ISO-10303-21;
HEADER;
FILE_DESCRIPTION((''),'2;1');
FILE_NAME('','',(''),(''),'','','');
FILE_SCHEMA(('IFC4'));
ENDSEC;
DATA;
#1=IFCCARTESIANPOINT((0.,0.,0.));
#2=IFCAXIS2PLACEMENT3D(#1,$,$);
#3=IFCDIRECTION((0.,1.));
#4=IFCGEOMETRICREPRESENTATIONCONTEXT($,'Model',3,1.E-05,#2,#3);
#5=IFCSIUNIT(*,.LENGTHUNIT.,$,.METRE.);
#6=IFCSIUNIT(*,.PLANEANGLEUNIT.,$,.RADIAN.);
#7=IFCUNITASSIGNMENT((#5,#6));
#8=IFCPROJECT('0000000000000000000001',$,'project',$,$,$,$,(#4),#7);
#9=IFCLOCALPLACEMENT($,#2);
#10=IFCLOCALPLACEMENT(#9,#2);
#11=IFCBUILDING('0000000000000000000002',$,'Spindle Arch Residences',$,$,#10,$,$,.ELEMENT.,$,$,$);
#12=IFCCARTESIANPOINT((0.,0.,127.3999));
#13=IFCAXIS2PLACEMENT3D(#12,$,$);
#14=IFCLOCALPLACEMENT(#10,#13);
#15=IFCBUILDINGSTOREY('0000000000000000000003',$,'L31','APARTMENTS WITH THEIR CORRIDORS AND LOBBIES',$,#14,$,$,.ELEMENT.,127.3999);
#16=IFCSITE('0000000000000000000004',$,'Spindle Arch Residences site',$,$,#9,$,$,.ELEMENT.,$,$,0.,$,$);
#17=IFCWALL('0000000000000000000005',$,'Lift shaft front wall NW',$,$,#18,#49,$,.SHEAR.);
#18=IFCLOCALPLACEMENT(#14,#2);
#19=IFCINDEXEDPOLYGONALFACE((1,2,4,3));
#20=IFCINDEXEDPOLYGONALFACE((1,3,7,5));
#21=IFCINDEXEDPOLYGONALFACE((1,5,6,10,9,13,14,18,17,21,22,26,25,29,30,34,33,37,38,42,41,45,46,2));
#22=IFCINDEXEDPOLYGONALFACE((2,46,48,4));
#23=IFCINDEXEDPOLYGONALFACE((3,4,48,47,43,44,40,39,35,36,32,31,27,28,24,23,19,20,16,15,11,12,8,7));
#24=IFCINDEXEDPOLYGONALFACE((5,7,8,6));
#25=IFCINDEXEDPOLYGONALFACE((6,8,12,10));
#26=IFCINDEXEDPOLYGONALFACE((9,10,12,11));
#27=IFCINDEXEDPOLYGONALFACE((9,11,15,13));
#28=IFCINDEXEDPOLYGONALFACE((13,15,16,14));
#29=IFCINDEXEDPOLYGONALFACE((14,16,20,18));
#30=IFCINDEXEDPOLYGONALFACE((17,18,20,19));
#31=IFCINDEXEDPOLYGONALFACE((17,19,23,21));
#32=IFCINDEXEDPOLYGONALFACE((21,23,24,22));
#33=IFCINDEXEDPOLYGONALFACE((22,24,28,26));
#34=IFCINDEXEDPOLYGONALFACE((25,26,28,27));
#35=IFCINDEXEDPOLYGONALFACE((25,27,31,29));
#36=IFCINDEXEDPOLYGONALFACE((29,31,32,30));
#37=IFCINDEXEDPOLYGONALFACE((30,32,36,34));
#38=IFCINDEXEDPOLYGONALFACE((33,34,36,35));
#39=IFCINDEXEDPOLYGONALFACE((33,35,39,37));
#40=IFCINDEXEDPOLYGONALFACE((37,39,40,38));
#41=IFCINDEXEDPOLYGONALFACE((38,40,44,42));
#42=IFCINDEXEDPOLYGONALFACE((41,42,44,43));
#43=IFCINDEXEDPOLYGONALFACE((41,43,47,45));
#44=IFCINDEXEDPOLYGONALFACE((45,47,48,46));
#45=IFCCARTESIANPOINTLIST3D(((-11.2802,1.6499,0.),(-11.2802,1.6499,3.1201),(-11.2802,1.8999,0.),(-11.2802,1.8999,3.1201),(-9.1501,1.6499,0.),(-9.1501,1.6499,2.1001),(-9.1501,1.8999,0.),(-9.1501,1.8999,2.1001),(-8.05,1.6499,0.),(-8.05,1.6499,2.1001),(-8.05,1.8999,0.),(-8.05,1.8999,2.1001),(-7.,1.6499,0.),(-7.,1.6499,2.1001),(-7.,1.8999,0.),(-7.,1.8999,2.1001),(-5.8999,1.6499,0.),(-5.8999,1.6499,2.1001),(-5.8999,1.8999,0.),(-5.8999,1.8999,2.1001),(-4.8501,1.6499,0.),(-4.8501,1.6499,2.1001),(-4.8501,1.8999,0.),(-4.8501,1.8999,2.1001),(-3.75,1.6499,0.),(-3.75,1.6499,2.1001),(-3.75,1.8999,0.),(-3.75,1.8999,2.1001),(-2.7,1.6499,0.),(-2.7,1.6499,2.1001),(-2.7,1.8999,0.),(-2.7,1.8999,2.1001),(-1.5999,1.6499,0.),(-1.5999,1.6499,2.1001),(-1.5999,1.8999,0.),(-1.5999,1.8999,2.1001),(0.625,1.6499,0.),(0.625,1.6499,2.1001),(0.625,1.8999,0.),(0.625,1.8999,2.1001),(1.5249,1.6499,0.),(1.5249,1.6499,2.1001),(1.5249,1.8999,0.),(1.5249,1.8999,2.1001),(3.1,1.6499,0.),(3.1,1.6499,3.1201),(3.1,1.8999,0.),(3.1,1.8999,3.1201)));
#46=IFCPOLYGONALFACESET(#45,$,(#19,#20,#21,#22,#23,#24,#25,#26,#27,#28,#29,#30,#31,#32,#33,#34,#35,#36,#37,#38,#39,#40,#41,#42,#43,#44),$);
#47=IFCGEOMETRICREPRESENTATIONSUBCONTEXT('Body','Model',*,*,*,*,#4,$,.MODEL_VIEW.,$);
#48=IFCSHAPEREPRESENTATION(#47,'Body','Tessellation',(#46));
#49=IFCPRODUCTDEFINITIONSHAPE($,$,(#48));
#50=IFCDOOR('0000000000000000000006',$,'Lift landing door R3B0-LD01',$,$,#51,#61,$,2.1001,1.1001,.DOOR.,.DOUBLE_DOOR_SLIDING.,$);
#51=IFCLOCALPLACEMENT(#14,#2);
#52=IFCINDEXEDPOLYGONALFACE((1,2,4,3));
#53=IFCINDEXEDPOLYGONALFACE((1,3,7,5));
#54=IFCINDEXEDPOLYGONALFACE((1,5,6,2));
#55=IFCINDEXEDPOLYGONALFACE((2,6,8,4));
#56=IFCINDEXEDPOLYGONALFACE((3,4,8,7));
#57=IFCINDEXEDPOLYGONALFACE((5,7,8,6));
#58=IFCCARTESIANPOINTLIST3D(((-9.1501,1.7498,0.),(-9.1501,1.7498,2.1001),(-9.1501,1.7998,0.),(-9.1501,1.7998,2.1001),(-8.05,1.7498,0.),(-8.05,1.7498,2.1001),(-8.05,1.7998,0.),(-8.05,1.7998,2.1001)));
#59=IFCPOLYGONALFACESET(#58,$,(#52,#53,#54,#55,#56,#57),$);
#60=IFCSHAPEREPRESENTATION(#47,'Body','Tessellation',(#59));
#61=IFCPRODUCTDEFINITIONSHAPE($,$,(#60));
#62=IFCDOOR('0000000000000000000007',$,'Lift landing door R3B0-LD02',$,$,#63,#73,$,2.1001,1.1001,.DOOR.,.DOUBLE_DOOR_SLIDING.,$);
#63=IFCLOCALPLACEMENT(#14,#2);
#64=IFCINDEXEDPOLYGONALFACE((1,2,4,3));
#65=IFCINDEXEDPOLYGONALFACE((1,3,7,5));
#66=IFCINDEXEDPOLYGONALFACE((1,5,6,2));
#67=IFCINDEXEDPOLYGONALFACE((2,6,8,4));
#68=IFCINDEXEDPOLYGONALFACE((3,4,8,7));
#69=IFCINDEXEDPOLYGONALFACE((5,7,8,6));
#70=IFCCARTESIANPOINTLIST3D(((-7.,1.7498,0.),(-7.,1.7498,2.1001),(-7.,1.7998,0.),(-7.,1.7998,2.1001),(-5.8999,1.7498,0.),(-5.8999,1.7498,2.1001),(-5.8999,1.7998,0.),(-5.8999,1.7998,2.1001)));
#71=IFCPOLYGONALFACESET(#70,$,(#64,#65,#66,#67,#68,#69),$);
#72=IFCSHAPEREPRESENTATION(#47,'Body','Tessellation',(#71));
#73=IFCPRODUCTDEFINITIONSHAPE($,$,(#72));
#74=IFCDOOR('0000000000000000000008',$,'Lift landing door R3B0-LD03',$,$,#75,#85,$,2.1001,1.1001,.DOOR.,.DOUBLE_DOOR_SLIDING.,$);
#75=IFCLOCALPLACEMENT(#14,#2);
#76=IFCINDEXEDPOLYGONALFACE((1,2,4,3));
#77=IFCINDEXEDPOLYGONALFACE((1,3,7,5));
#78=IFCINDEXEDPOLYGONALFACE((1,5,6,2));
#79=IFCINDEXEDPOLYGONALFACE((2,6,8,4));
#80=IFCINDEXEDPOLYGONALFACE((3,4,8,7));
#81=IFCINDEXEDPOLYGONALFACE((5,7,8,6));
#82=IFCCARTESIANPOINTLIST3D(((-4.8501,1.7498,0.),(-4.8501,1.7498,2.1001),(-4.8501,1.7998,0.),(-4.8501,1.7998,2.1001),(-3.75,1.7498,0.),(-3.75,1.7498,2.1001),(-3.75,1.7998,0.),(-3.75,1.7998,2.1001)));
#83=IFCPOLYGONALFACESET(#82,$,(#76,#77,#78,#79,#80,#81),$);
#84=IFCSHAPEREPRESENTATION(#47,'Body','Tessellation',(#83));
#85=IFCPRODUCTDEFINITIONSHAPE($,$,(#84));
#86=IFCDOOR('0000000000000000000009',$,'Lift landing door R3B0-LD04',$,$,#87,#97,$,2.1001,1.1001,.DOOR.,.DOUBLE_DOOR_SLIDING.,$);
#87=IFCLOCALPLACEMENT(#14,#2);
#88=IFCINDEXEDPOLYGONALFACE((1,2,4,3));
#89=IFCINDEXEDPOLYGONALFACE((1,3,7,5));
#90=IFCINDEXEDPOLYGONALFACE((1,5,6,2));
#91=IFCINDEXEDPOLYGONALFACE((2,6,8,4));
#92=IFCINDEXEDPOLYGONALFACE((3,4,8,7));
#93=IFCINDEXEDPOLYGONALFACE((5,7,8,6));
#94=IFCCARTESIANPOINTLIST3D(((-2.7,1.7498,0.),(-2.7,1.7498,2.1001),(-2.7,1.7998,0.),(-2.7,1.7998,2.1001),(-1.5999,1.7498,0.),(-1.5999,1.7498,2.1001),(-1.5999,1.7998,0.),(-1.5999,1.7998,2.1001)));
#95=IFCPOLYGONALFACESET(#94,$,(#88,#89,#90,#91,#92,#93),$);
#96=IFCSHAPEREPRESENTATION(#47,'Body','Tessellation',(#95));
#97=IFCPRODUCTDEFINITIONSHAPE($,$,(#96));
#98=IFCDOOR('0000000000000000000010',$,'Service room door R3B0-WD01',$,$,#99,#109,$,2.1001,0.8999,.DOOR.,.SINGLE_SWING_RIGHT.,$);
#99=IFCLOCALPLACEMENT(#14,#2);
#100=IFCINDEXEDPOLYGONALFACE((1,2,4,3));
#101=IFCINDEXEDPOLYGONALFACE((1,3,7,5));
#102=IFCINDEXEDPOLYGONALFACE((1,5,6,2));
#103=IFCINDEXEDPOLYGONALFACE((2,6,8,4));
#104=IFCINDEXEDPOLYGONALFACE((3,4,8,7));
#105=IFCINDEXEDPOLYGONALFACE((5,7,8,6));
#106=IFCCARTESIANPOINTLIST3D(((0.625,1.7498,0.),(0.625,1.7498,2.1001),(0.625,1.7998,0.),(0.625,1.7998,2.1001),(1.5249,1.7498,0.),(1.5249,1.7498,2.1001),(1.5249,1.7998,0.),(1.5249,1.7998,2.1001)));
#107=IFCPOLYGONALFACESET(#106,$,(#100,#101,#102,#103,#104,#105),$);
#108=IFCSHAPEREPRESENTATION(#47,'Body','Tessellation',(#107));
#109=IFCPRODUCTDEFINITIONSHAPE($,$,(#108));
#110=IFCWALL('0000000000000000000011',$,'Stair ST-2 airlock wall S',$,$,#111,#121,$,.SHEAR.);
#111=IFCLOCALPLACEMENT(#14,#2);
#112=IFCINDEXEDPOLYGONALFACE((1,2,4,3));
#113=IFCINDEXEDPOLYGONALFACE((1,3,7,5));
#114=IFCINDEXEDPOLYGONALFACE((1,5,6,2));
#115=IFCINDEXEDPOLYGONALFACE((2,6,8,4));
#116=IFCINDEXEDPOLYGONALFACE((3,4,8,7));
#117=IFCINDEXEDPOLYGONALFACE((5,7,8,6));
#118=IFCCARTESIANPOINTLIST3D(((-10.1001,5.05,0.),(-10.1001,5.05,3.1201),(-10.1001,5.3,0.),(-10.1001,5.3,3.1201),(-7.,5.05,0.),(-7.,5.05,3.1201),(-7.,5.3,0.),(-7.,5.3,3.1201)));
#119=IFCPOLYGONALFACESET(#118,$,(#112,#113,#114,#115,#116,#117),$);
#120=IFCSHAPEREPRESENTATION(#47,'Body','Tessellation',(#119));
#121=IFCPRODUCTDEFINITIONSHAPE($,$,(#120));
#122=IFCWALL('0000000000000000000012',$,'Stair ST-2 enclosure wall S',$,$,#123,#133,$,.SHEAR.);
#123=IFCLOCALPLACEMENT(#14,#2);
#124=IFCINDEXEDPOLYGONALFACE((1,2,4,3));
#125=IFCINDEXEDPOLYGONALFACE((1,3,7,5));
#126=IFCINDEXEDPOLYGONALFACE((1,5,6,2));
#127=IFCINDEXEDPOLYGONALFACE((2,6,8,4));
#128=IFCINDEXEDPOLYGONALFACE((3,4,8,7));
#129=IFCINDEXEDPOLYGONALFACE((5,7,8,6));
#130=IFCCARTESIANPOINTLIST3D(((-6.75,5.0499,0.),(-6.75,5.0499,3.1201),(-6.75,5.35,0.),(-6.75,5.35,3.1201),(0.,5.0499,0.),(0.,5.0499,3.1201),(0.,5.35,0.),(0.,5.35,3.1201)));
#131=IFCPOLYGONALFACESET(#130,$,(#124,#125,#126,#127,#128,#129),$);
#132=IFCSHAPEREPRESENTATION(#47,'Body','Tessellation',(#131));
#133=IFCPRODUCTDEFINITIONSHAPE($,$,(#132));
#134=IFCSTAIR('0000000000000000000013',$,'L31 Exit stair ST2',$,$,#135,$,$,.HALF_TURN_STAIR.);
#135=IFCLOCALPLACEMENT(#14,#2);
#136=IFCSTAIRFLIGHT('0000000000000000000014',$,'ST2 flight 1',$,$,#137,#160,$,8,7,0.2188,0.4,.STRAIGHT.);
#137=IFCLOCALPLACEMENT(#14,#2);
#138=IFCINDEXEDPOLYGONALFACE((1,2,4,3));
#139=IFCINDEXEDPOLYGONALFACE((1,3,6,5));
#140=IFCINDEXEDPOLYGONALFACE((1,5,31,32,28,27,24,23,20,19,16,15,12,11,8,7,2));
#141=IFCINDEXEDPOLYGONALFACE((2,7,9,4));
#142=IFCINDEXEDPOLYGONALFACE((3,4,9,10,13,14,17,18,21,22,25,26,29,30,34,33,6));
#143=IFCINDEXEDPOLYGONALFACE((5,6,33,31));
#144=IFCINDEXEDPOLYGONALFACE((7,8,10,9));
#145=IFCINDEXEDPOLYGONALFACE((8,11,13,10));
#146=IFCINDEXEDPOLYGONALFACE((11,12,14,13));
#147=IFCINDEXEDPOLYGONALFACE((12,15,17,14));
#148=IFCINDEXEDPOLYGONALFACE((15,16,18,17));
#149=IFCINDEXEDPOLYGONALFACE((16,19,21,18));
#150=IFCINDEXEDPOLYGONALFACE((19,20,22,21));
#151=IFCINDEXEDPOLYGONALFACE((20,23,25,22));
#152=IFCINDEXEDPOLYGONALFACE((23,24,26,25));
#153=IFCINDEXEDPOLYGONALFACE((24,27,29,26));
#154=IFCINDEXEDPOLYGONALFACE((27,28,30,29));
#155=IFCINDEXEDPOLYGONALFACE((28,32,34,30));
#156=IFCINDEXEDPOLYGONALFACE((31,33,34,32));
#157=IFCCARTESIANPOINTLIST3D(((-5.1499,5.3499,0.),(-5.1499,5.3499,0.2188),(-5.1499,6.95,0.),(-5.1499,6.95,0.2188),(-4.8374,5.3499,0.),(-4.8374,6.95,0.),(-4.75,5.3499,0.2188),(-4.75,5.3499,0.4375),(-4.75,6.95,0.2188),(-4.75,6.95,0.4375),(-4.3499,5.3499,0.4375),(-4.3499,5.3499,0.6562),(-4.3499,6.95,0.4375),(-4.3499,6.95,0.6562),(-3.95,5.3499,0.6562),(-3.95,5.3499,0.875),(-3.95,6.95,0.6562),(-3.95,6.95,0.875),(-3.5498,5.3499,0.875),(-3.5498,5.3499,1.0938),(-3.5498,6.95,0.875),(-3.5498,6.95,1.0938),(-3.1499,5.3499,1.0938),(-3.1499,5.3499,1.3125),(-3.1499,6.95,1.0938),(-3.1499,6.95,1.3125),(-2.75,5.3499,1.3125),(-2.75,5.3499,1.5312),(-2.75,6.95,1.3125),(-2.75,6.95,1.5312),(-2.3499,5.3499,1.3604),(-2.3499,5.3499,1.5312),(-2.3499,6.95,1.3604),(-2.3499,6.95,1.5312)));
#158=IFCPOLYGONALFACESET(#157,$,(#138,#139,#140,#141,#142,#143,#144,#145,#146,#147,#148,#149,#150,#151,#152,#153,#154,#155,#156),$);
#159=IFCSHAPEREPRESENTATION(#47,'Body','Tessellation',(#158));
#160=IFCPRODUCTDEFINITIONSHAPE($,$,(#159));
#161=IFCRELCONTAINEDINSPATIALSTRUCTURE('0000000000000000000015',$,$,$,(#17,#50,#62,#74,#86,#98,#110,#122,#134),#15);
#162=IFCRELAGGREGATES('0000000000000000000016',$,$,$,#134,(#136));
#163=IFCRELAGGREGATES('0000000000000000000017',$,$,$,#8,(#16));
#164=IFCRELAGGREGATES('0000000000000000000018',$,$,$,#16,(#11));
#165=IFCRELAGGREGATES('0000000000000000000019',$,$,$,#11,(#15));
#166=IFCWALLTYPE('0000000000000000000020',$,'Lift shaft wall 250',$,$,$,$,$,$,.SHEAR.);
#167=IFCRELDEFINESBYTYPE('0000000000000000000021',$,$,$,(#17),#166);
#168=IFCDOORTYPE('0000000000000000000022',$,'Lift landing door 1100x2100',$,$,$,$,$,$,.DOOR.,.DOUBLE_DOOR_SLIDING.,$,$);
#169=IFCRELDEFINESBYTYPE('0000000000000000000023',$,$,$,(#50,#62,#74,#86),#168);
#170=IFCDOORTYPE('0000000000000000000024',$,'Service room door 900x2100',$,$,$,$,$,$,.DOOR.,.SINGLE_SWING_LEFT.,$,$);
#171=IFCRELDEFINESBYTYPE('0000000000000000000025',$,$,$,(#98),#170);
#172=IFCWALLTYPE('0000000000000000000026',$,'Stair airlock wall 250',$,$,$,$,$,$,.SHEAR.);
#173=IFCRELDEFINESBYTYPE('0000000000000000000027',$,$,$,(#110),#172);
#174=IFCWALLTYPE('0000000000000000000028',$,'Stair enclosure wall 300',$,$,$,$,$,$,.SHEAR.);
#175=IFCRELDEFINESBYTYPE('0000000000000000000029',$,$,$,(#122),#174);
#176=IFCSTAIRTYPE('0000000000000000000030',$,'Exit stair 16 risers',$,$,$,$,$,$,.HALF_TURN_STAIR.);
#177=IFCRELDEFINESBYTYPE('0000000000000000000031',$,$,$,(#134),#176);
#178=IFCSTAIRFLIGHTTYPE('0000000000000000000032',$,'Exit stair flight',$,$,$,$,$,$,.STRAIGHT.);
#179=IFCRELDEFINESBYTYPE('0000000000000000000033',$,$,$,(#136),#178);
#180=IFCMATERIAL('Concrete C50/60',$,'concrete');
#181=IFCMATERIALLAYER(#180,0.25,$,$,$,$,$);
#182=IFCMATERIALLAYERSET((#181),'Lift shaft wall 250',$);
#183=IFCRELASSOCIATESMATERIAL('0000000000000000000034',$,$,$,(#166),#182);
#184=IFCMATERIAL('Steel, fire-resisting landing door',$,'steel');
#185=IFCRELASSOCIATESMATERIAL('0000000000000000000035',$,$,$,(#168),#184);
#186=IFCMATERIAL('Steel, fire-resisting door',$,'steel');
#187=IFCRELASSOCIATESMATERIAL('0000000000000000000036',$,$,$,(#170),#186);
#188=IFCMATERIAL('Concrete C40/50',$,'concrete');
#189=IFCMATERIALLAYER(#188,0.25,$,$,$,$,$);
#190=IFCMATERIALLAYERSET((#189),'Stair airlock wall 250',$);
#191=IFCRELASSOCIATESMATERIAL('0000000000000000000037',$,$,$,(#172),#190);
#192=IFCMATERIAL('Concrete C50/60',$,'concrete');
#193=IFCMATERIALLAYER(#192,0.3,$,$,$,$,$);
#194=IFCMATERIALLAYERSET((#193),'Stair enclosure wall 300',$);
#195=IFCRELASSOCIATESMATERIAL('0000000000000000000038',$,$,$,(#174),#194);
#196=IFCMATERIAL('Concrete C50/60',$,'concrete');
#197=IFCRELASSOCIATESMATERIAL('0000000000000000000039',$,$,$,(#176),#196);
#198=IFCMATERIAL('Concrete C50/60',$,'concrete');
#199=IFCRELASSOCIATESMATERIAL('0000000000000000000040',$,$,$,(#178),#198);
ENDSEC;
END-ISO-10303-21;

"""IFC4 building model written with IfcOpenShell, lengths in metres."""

from ifc_helpers import new_model, si_unit, direction, frame, frame_2d, origin, place, context, subcontext, project, spatial, polyline, rectangle, outline, extrude, material, layer, layer_set, type_object, element, fill, aggregate, save


model = new_model("IFC4")

# Units and contexts
model_context = context("Model", 3, precision=1e-05, world=origin(), true_north=direction((0.0, 1.0)))
body_context = subcontext(model_context, "Body", "Model", "MODEL_VIEW")
ifc_project = project(units=[si_unit("LENGTHUNIT", "METRE"), si_unit("PLANEANGLEUNIT", "RADIAN")], contexts=[model_context])

# Site, building, storey
site_placement = place(None, origin())
site = spatial("IfcSite", under=ifc_project, at=site_placement, Name="Spindle Arch Residences site", CompositionType="ELEMENT", RefElevation=0.0)
building_placement = place(site_placement, origin())
building = spatial("IfcBuilding", under=site, at=building_placement, Name="Spindle Arch Residences", CompositionType="ELEMENT")
storey_placement = place(building_placement, frame((0.0, 0.0, 127.3999)))
storey = spatial("IfcBuildingStorey", under=building, at=storey_placement, Name="L31", Description="APARTMENTS WITH THEIR CORRIDORS AND LOBBIES", CompositionType="ELEMENT", Elevation=127.3999)

# Wall, openings, doors
ifc_material_1 = material(Name="Concrete C50/60", Category="concrete")
ifc_layer_1 = layer(ifc_material_1, 0.25)
ifc_layer_set_1 = layer_set([ifc_layer_1], Name="Lift shaft wall 250")
wall_type_1 = type_object("IfcWallType", Name="Lift shaft wall 250", PredefinedType="SHEAR", material=ifc_layer_set_1)
wall_1_placement = place(storey_placement, frame((-11.28, 1.7749, 0.0), z_axis=(0.0, 0.0, 1.0), x_axis=(1.0, 0.0, 0.0)))
wall_1 = element("IfcWall", 1, at=wall_1_placement, inside=storey, type_object=wall_type_1, Name="Lift shaft front wall NW", PredefinedType="SHEAR", context=body_context, shape_type="SweptSolid", body=[
    extrude(rectangle(XDim=14.3801, YDim=0.25, at=frame_2d((7.1899, 0.0))), origin(), (0.0, 0.0, 1.0), 3.1201),
])
opening_1_placement = place(wall_1_placement, frame((2.1299, 0.0, 0.0)))
opening_1 = element("IfcOpeningElement", 2, at=opening_1_placement, cuts=wall_1, PredefinedType="OPENING", context=body_context, shape_type="SweptSolid", body=[
    extrude(rectangle(XDim=1.1001, YDim=2.1001, at=frame_2d((0.55, 1.05))), frame((0.0, 0.135, 0.0), z_axis=(0.0, -1.0, 0.0), x_axis=(1.0, 0.0, 0.0)), (0.0, 0.0, 1.0), 0.27),
])
opening_2_placement = place(wall_1_placement, frame((4.28, 0.0, 0.0)))
opening_2 = element("IfcOpeningElement", 3, at=opening_2_placement, cuts=wall_1, PredefinedType="OPENING", context=body_context, shape_type="SweptSolid", body=[
    extrude(rectangle(XDim=1.1001, YDim=2.1001, at=frame_2d((0.55, 1.05))), frame((0.0, 0.135, 0.0), z_axis=(0.0, -1.0, 0.0), x_axis=(1.0, 0.0, 0.0)), (0.0, 0.0, 1.0), 0.27),
])
opening_3_placement = place(wall_1_placement, frame((6.4299, 0.0, 0.0)))
opening_3 = element("IfcOpeningElement", 4, at=opening_3_placement, cuts=wall_1, PredefinedType="OPENING", context=body_context, shape_type="SweptSolid", body=[
    extrude(rectangle(XDim=1.1001, YDim=2.1001, at=frame_2d((0.55, 1.05))), frame((0.0, 0.135, 0.0), z_axis=(0.0, -1.0, 0.0), x_axis=(1.0, 0.0, 0.0)), (0.0, 0.0, 1.0), 0.27),
])
opening_4_placement = place(wall_1_placement, frame((8.5801, 0.0, 0.0)))
opening_4 = element("IfcOpeningElement", 5, at=opening_4_placement, cuts=wall_1, PredefinedType="OPENING", context=body_context, shape_type="SweptSolid", body=[
    extrude(rectangle(XDim=1.1001, YDim=2.1001, at=frame_2d((0.55, 1.05))), frame((0.0, 0.135, 0.0), z_axis=(0.0, -1.0, 0.0), x_axis=(1.0, 0.0, 0.0)), (0.0, 0.0, 1.0), 0.27),
])
opening_5_placement = place(wall_1_placement, frame((11.905, 0.0, 0.0)))
opening_5 = element("IfcOpeningElement", 6, at=opening_5_placement, cuts=wall_1, PredefinedType="OPENING", context=body_context, shape_type="SweptSolid", body=[
    extrude(rectangle(XDim=0.8999, YDim=2.1001, at=frame_2d((0.45, 1.05))), frame((0.0, 0.135, 0.0), z_axis=(0.0, -1.0, 0.0), x_axis=(1.0, 0.0, 0.0)), (0.0, 0.0, 1.0), 0.27),
])
ifc_material_2 = material(Name="Steel, fire-resisting landing door", Category="steel")
door_type_1 = type_object("IfcDoorType", Name="Lift landing door 1100x2100", OperationType="DOUBLE_DOOR_SLIDING", PredefinedType="DOOR", material=ifc_material_2)
door_1_placement = place(opening_1_placement, origin())
door_1 = element("IfcDoor", 7, at=door_1_placement, inside=storey, type_object=door_type_1, Name="Lift landing door R3B0-LD01", OperationType="DOUBLE_DOOR_SLIDING", OverallHeight=2.1001, OverallWidth=1.1001, PredefinedType="DOOR", context=body_context, shape_type="SweptSolid", body=[
    extrude(rectangle(XDim=1.1001, YDim=2.1001, at=frame_2d((0.55, 1.05))), frame((0.0, 0.0249, 0.0), z_axis=(0.0, -1.0, 0.0), x_axis=(1.0, 0.0, 0.0)), (0.0, 0.0, 1.0), 0.05),
])
fill(opening_1, door_1)
door_2_placement = place(opening_2_placement, origin())
door_2 = element("IfcDoor", 8, at=door_2_placement, inside=storey, type_object=door_type_1, Name="Lift landing door R3B0-LD02", OperationType="DOUBLE_DOOR_SLIDING", OverallHeight=2.1001, OverallWidth=1.1001, PredefinedType="DOOR", context=body_context, shape_type="SweptSolid", body=[
    extrude(rectangle(XDim=1.1001, YDim=2.1001, at=frame_2d((0.55, 1.05))), frame((0.0, 0.0249, 0.0), z_axis=(0.0, -1.0, 0.0), x_axis=(1.0, 0.0, 0.0)), (0.0, 0.0, 1.0), 0.05),
])
fill(opening_2, door_2)
door_3_placement = place(opening_3_placement, origin())
door_3 = element("IfcDoor", 9, at=door_3_placement, inside=storey, type_object=door_type_1, Name="Lift landing door R3B0-LD03", OperationType="DOUBLE_DOOR_SLIDING", OverallHeight=2.1001, OverallWidth=1.1001, PredefinedType="DOOR", context=body_context, shape_type="SweptSolid", body=[
    extrude(rectangle(XDim=1.1001, YDim=2.1001, at=frame_2d((0.55, 1.05))), frame((0.0, 0.0249, 0.0), z_axis=(0.0, -1.0, 0.0), x_axis=(1.0, 0.0, 0.0)), (0.0, 0.0, 1.0), 0.05),
])
fill(opening_3, door_3)
door_4_placement = place(opening_4_placement, origin())
door_4 = element("IfcDoor", 10, at=door_4_placement, inside=storey, type_object=door_type_1, Name="Lift landing door R3B0-LD04", OperationType="DOUBLE_DOOR_SLIDING", OverallHeight=2.1001, OverallWidth=1.1001, PredefinedType="DOOR", context=body_context, shape_type="SweptSolid", body=[
    extrude(rectangle(XDim=1.1001, YDim=2.1001, at=frame_2d((0.55, 1.05))), frame((0.0, 0.0249, 0.0), z_axis=(0.0, -1.0, 0.0), x_axis=(1.0, 0.0, 0.0)), (0.0, 0.0, 1.0), 0.05),
])
fill(opening_4, door_4)
ifc_material_3 = material(Name="Steel, fire-resisting door", Category="steel")
door_type_2 = type_object("IfcDoorType", Name="Service room door 900x2100", OperationType="SINGLE_SWING_LEFT", PredefinedType="DOOR", material=ifc_material_3)
door_5_placement = place(opening_5_placement, origin())
door_5 = element("IfcDoor", 11, at=door_5_placement, inside=storey, type_object=door_type_2, Name="Service room door R3B0-WD01", OperationType="SINGLE_SWING_RIGHT", OverallHeight=2.1001, OverallWidth=0.8999, PredefinedType="DOOR", context=body_context, shape_type="SweptSolid", body=[
    extrude(rectangle(XDim=0.8999, YDim=2.1001, at=frame_2d((0.45, 1.05))), frame((0.0, 0.0249, 0.0), z_axis=(0.0, -1.0, 0.0), x_axis=(1.0, 0.0, 0.0)), (0.0, 0.0, 1.0), 0.05),
])
fill(opening_5, door_5)

# Walls
ifc_material_4 = material(Name="Concrete C40/50", Category="concrete")
ifc_layer_2 = layer(ifc_material_4, 0.25)
ifc_layer_set_2 = layer_set([ifc_layer_2], Name="Stair airlock wall 250")
wall_type_2 = type_object("IfcWallType", Name="Stair airlock wall 250", PredefinedType="SHEAR", material=ifc_layer_set_2)
wall_2_placement = place(storey_placement, frame((-7.0, 5.175, 0.0), z_axis=(0.0, 0.0, 1.0), x_axis=(-1.0, 0.0, 0.0)))
element("IfcWall", 12, at=wall_2_placement, inside=storey, type_object=wall_type_2, Name="Stair ST-2 airlock wall S", PredefinedType="SHEAR", context=body_context, shape_type="SweptSolid", body=[
    extrude(rectangle(XDim=3.1001, YDim=0.25, at=frame_2d((1.55, 0.0))), origin(), (0.0, 0.0, 1.0), 3.1201),
])
ifc_material_5 = material(Name="Concrete C50/60", Category="concrete")
ifc_layer_3 = layer(ifc_material_5, 0.3)
ifc_layer_set_3 = layer_set([ifc_layer_3], Name="Stair enclosure wall 300")
wall_type_3 = type_object("IfcWallType", Name="Stair enclosure wall 300", PredefinedType="SHEAR", material=ifc_layer_set_3)
wall_3_placement = place(storey_placement, frame((-6.75, 5.2, 0.0), z_axis=(0.0, 0.0, 1.0), x_axis=(1.0, 0.0, 0.0)))
element("IfcWall", 13, at=wall_3_placement, inside=storey, type_object=wall_type_3, Name="Stair ST-2 enclosure wall S", PredefinedType="SHEAR", context=body_context, shape_type="SweptSolid", body=[
    extrude(rectangle(XDim=6.75, YDim=0.3, at=frame_2d((3.375, 0.0))), origin(), (0.0, 0.0, 1.0), 3.1201),
])

# Stair, stair flight
ifc_material_6 = material(Name="Concrete C50/60", Category="concrete")
stair_type = type_object("IfcStairType", Name="Exit stair 16 risers", PredefinedType="HALF_TURN_STAIR", material=ifc_material_6)
stair_placement = place(storey_placement, origin())
stair = element("IfcStair", 14, at=stair_placement, inside=storey, type_object=stair_type, Name="L31 Exit stair ST2", PredefinedType="HALF_TURN_STAIR")
ifc_material_7 = material(Name="Concrete C50/60", Category="concrete")
stair_flight_type = type_object("IfcStairFlightType", Name="Exit stair flight", PredefinedType="STRAIGHT", material=ifc_material_7)
stair_flight_1_placement = place(storey_placement, frame((-5.1499, 6.1499, 0.0), z_axis=(0.0, 0.0, 1.0), x_axis=(1.0, 0.0, 0.0)))
stair_flight_1 = element("IfcStairFlight", 15, at=stair_flight_1_placement, type_object=stair_flight_type, Name="ST2 flight 1", NumberOfRisers=8, NumberOfTreads=7, PredefinedType="STRAIGHT", RiserHeight=0.2188, TreadLength=0.4, context=body_context, shape_type="SweptSolid", body=[
    extrude(outline(polyline([(0.0, 0.0), (0.0, 0.2188), (0.3999, 0.2188), (0.3999, 0.4375), (0.8, 0.4375), (0.8, 0.6562), (1.2, 0.6562), (1.2, 0.875), (1.6001, 0.875), (1.6001, 1.0938), (2.0, 1.0938), (2.0, 1.3125), (2.3999, 1.3125), (2.3999, 1.5312), (2.8, 1.5312), (2.8, 1.75), (2.8, 1.3604), (0.3125, 0.0), (0.0, 0.0)])), frame((0.0, 0.8, 0.0), z_axis=(0.0, -1.0, 0.0), x_axis=(1.0, 0.0, 0.0)), (0.0, 0.0, 1.0), 1.6001),
])
aggregate(stair, [stair_flight_1])

save(model, "model.ifc")
